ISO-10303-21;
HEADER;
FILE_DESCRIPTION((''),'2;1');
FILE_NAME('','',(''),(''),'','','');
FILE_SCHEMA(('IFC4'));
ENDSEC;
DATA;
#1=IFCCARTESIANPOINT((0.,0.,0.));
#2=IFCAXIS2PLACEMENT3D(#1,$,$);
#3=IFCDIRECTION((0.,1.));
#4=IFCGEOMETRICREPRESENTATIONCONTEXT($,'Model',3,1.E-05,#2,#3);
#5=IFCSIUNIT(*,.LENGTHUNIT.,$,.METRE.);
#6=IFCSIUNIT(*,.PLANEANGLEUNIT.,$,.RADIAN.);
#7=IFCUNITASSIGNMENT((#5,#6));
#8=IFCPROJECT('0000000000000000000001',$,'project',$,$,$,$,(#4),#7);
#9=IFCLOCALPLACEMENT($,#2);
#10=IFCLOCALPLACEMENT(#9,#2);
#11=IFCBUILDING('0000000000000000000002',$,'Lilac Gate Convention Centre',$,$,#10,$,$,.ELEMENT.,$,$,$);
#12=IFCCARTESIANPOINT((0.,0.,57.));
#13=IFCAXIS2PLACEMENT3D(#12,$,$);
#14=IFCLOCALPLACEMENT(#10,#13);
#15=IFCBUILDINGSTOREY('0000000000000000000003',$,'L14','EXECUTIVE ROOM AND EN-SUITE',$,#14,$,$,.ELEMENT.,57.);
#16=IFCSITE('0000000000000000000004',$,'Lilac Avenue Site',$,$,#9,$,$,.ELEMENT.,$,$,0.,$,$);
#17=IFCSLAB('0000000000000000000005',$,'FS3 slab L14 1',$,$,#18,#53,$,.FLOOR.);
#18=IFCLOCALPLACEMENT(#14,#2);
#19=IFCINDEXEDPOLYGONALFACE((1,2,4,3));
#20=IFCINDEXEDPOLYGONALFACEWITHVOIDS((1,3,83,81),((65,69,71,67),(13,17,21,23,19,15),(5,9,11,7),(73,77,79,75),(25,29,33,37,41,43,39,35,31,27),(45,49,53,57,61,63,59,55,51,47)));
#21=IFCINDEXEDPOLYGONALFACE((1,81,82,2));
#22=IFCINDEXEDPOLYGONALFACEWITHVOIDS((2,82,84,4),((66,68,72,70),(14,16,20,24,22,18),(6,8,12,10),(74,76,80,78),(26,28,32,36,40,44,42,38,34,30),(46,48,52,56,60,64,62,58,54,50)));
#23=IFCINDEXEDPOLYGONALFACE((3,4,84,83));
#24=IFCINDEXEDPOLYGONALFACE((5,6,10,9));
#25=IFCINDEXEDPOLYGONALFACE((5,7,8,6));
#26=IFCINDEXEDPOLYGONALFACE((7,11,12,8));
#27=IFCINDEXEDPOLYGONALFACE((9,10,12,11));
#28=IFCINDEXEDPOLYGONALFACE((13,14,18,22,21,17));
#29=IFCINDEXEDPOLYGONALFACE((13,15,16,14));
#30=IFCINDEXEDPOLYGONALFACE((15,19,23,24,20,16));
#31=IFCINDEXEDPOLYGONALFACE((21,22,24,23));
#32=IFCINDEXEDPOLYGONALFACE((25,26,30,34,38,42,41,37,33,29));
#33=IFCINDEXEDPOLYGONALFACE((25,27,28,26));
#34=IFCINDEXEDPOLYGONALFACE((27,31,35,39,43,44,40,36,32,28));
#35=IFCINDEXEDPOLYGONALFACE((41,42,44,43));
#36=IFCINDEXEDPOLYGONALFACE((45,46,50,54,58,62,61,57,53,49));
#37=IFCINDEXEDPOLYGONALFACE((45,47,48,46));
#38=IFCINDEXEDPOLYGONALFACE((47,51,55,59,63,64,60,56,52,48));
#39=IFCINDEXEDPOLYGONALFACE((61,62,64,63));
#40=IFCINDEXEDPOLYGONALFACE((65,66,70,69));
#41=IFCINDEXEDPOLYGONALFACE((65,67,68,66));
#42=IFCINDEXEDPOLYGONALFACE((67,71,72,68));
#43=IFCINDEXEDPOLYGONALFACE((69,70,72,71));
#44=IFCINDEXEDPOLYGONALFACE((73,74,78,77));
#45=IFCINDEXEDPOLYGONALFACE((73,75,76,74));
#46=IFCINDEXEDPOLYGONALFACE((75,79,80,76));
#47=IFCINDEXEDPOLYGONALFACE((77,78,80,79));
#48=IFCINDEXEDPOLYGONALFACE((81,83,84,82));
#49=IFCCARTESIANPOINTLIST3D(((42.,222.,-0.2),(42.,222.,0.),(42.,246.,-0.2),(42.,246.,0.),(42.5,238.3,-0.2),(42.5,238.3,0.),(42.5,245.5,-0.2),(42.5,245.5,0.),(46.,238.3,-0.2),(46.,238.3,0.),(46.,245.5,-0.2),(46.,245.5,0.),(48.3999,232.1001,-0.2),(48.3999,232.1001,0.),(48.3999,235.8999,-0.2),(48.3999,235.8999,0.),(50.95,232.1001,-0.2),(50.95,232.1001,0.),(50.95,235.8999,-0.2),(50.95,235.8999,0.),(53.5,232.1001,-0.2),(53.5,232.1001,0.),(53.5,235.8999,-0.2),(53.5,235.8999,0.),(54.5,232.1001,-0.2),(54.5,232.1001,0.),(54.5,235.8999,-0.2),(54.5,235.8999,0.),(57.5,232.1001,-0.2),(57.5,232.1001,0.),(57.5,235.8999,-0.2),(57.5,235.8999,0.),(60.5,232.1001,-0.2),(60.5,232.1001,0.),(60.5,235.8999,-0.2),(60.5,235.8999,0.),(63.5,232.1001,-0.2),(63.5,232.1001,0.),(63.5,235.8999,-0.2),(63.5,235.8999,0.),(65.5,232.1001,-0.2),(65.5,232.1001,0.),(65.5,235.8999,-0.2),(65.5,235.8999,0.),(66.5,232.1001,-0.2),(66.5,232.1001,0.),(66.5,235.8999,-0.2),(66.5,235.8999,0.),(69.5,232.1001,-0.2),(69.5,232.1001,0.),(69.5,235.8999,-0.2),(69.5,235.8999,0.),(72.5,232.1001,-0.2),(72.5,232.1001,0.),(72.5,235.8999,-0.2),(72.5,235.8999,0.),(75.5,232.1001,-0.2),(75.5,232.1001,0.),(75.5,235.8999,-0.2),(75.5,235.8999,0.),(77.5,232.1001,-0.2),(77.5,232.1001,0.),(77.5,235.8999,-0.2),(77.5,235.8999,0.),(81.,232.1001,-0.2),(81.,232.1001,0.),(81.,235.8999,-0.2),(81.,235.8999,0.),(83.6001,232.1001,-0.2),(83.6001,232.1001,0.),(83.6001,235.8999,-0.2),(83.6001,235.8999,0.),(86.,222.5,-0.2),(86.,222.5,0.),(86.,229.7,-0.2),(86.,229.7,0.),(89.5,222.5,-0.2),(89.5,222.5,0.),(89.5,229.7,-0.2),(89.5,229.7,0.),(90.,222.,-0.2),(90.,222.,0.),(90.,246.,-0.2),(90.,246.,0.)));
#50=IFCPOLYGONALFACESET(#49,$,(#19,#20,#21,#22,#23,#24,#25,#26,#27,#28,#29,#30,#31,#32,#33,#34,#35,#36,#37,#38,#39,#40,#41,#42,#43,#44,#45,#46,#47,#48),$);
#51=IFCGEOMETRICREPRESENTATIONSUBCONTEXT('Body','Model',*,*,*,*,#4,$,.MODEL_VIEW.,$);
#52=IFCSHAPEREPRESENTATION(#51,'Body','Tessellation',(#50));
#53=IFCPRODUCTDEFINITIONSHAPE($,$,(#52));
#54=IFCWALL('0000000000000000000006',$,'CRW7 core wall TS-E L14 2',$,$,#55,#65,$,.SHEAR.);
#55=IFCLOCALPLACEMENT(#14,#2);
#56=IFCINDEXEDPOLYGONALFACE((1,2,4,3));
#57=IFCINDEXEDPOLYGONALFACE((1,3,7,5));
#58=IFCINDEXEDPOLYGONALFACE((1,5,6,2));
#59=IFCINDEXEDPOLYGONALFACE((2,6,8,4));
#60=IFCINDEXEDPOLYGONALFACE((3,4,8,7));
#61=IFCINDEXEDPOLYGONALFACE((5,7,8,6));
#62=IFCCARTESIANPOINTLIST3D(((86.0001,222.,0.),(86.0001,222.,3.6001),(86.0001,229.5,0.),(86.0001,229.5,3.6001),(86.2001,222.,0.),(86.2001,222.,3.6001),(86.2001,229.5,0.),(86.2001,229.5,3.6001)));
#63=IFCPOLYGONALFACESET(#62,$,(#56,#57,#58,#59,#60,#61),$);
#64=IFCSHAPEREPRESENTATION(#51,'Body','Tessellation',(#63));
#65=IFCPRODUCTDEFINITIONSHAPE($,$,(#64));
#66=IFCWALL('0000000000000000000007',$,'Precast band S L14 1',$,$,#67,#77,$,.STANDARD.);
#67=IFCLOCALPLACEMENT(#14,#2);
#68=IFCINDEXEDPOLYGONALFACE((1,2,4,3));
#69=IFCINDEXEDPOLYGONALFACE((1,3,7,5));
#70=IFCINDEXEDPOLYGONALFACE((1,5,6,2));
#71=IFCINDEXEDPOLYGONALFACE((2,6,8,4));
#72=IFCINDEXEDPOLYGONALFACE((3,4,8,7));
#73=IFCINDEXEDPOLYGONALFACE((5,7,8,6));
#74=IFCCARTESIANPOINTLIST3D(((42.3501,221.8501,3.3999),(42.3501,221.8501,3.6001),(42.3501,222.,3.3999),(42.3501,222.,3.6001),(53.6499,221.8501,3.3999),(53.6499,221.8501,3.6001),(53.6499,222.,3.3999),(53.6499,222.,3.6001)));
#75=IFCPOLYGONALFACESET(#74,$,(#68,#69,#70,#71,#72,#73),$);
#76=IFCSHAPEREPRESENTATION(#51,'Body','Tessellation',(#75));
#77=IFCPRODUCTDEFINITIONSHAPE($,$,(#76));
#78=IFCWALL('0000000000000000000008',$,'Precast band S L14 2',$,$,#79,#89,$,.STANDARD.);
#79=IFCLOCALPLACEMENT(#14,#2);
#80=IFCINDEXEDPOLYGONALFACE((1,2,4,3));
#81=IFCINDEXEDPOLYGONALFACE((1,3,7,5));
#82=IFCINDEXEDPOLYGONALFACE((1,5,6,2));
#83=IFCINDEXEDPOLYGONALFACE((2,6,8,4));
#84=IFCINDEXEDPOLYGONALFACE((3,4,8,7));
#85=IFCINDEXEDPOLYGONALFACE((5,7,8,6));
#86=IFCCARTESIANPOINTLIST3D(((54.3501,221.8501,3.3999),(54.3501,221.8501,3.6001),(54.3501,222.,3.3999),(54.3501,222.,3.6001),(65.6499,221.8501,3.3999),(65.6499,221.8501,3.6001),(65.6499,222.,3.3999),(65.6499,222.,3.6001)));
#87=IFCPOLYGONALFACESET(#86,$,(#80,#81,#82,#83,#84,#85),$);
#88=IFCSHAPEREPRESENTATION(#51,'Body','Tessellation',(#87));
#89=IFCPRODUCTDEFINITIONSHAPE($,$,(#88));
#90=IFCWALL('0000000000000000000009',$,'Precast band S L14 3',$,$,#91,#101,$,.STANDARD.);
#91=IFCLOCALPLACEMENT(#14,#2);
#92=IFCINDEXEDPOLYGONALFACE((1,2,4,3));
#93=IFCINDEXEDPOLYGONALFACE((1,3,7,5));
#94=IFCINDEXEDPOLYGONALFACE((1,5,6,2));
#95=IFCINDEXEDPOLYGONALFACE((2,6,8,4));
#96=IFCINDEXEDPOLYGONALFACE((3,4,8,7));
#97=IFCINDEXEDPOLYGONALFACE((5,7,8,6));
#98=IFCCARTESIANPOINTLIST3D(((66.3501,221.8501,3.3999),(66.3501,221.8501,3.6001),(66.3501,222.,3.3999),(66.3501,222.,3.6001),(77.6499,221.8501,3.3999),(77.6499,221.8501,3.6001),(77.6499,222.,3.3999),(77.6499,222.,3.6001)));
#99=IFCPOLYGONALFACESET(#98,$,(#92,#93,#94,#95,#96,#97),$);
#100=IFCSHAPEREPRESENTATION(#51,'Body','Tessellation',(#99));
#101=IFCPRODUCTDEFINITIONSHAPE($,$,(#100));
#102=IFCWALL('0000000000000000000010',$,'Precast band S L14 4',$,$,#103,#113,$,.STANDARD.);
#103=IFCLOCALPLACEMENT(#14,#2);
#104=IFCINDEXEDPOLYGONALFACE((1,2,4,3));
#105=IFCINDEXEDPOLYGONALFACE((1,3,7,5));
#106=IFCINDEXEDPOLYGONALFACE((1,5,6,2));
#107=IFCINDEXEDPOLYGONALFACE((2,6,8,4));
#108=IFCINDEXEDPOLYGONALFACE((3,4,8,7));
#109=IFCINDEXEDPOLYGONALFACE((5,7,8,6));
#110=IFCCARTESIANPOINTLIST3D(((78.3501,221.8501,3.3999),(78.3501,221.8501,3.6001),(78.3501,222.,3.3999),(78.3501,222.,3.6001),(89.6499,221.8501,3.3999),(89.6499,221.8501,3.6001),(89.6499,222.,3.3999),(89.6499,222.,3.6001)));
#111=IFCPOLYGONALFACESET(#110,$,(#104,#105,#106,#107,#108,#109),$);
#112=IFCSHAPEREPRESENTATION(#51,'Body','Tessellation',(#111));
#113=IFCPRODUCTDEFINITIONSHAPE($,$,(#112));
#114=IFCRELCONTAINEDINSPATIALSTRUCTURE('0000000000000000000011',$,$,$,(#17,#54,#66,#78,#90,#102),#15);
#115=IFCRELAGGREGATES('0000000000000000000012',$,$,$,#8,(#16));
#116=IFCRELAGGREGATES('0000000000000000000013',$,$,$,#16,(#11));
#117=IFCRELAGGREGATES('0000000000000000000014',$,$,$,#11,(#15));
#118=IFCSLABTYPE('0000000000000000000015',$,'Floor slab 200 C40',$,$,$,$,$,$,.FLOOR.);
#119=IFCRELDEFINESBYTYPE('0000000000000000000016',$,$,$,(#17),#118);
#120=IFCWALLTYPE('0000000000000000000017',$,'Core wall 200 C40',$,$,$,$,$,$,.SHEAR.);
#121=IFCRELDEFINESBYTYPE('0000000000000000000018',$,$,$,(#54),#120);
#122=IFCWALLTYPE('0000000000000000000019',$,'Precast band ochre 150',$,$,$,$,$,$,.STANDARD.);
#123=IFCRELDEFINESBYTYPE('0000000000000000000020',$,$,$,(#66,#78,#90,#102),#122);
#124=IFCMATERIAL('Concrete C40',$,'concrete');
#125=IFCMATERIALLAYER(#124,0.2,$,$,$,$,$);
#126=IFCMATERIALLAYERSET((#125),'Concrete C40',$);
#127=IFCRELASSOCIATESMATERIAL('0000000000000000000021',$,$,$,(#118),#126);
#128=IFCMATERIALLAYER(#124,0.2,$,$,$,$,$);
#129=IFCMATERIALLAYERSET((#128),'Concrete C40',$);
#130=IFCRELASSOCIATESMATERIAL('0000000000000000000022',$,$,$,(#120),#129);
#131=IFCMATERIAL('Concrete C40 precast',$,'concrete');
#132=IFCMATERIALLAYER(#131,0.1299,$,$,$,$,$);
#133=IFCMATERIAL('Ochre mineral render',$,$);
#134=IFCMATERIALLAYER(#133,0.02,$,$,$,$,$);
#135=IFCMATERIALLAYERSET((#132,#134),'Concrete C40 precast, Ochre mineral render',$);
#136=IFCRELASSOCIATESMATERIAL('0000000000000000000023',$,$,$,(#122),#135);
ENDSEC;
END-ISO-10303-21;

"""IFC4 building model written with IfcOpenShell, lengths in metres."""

from ifc_helpers import new_model, si_unit, direction, frame, frame_2d, origin, place, context, subcontext, project, spatial, polyline, rectangle, outline, extrude, material, layer, layer_set, type_object, element, save


model = new_model("IFC4")

# Units and contexts
model_context = context("Model", 3, precision=1e-05, world=origin(), true_north=direction((0.0, 1.0)))
body_context = subcontext(model_context, "Body", "Model", "MODEL_VIEW")
ifc_project = project(units=[si_unit("LENGTHUNIT", "METRE"), si_unit("PLANEANGLEUNIT", "RADIAN")], contexts=[model_context])

# Site, building, storey
site_placement = place(None, origin())
site = spatial("IfcSite", under=ifc_project, at=site_placement, Name="Lilac Avenue Site", CompositionType="ELEMENT", RefElevation=0.0)
building_placement = place(site_placement, origin())
building = spatial("IfcBuilding", under=site, at=building_placement, Name="Lilac Gate Convention Centre", CompositionType="ELEMENT")
storey_placement = place(building_placement, frame((0.0, 0.0, 57.0)))
storey = spatial("IfcBuildingStorey", under=building, at=storey_placement, Name="L14", Description="EXECUTIVE ROOM AND EN-SUITE", CompositionType="ELEMENT", Elevation=57.0)

# Shared definitions
ifc_material_1 = material(Name="Concrete C40", Category="concrete")

# Slab
ifc_layer_1 = layer(ifc_material_1, 0.2)
ifc_layer_set_1 = layer_set([ifc_layer_1], Name="Concrete C40")
slab_type_1 = type_object("IfcSlabType", Name="Floor slab 200 C40", PredefinedType="FLOOR", material=ifc_layer_set_1)
slab_1_placement = place(storey_placement, frame((0.0, 0.0, -0.2)))
element("IfcSlab", 1, at=slab_1_placement, inside=storey, type_object=slab_type_1, Name="FS3 slab L14 1", PredefinedType="FLOOR", context=body_context, shape_type="SweptSolid", body=[
    extrude(outline(polyline([(42.0, 222.0), (42.0, 246.0), (90.0, 246.0), (90.0, 222.0), (42.0, 222.0)]), holes=[polyline([(48.3999, 235.8999), (48.3999, 232.1001), (50.95, 232.1001), (53.5, 232.1001), (53.5, 235.8999), (50.95, 235.8999), (48.3999, 235.8999)]), polyline([(57.5, 235.8999), (54.5, 235.8999), (54.5, 232.1001), (57.5, 232.1001), (60.5, 232.1001), (63.5, 232.1001), (65.5, 232.1001), (65.5, 235.8999), (63.5, 235.8999), (60.5, 235.8999), (57.5, 235.8999)]), polyline([(42.5, 245.5), (42.5, 238.3), (46.0, 238.3), (46.0, 245.5), (42.5, 245.5)]), polyline([(89.5, 229.7), (86.0, 229.7), (86.0, 222.5), (89.5, 222.5), (89.5, 229.7)]), polyline([(69.5, 235.8999), (66.5, 235.8999), (66.5, 232.1001), (69.5, 232.1001), (72.5, 232.1001), (75.5, 232.1001), (77.5, 232.1001), (77.5, 235.8999), (75.5, 235.8999), (72.5, 235.8999), (69.5, 235.8999)]), polyline([(83.6001, 235.8999), (81.0, 235.8999), (81.0, 232.1001), (83.6001, 232.1001), (83.6001, 235.8999)])]), origin(), (0.0, 0.0, 1.0), 0.2),
])

# Walls
ifc_layer_2 = layer(ifc_material_1, 0.2)
ifc_layer_set_2 = layer_set([ifc_layer_2], Name="Concrete C40")
wall_type_1 = type_object("IfcWallType", Name="Core wall 200 C40", PredefinedType="SHEAR", material=ifc_layer_set_2)
wall_placement = place(storey_placement, frame((86.1001, 222.0, 0.0), z_axis=(0.0, 0.0, 1.0), x_axis=(0.0, 1.0, 0.0)))
element("IfcWall", 2, at=wall_placement, inside=storey, type_object=wall_type_1, Name="CRW7 core wall TS-E L14 2", PredefinedType="SHEAR", context=body_context, shape_type="SweptSolid", body=[
    extrude(rectangle(XDim=7.5, YDim=0.2, at=frame_2d((3.75, 0.0))), origin(), (0.0, 0.0, 1.0), 3.6001),
])
ifc_material_2 = material(Name="Concrete C40 precast", Category="concrete")
ifc_layer_3 = layer(ifc_material_2, 0.1299)
ifc_material_3 = material(Name="Ochre mineral render")
ifc_layer_4 = layer(ifc_material_3, 0.02)
ifc_layer_set_3 = layer_set([ifc_layer_3, ifc_layer_4], Name="Concrete C40 precast, Ochre mineral render")
wall_type_2 = type_object("IfcWallType", Name="Precast band ochre 150", PredefinedType="STANDARD", material=ifc_layer_set_3)
for number, where, z_axis, x_axis, name in (
    (3, (42.3501, 221.925, 3.3999), (0.0, 0.0, 1.0), (1.0, 0.0, 0.0), "Precast band S L14 1"),
    (4, (54.3501, 221.925, 3.3999), (0.0, 0.0, 1.0), (1.0, 0.0, 0.0), "Precast band S L14 2"),
    (5, (66.3501, 221.925, 3.3999), (0.0, 0.0, 1.0), (1.0, 0.0, 0.0), "Precast band S L14 3"),
    (6, (78.3501, 221.925, 3.3999), (0.0, 0.0, 1.0), (1.0, 0.0, 0.0), "Precast band S L14 4"),
):
    element("IfcWall", number, at=place(storey_placement, frame(where, z_axis=z_axis, x_axis=x_axis)), inside=storey, type_object=wall_type_2, Name=name, PredefinedType="STANDARD", context=body_context, shape_type="SweptSolid", body=[
        extrude(rectangle(XDim=11.2998, YDim=0.1499, at=frame_2d((5.6499, 0.0))), origin(), (0.0, 0.0, 1.0), 0.2002),
    ])

save(model, "model.ifc")
